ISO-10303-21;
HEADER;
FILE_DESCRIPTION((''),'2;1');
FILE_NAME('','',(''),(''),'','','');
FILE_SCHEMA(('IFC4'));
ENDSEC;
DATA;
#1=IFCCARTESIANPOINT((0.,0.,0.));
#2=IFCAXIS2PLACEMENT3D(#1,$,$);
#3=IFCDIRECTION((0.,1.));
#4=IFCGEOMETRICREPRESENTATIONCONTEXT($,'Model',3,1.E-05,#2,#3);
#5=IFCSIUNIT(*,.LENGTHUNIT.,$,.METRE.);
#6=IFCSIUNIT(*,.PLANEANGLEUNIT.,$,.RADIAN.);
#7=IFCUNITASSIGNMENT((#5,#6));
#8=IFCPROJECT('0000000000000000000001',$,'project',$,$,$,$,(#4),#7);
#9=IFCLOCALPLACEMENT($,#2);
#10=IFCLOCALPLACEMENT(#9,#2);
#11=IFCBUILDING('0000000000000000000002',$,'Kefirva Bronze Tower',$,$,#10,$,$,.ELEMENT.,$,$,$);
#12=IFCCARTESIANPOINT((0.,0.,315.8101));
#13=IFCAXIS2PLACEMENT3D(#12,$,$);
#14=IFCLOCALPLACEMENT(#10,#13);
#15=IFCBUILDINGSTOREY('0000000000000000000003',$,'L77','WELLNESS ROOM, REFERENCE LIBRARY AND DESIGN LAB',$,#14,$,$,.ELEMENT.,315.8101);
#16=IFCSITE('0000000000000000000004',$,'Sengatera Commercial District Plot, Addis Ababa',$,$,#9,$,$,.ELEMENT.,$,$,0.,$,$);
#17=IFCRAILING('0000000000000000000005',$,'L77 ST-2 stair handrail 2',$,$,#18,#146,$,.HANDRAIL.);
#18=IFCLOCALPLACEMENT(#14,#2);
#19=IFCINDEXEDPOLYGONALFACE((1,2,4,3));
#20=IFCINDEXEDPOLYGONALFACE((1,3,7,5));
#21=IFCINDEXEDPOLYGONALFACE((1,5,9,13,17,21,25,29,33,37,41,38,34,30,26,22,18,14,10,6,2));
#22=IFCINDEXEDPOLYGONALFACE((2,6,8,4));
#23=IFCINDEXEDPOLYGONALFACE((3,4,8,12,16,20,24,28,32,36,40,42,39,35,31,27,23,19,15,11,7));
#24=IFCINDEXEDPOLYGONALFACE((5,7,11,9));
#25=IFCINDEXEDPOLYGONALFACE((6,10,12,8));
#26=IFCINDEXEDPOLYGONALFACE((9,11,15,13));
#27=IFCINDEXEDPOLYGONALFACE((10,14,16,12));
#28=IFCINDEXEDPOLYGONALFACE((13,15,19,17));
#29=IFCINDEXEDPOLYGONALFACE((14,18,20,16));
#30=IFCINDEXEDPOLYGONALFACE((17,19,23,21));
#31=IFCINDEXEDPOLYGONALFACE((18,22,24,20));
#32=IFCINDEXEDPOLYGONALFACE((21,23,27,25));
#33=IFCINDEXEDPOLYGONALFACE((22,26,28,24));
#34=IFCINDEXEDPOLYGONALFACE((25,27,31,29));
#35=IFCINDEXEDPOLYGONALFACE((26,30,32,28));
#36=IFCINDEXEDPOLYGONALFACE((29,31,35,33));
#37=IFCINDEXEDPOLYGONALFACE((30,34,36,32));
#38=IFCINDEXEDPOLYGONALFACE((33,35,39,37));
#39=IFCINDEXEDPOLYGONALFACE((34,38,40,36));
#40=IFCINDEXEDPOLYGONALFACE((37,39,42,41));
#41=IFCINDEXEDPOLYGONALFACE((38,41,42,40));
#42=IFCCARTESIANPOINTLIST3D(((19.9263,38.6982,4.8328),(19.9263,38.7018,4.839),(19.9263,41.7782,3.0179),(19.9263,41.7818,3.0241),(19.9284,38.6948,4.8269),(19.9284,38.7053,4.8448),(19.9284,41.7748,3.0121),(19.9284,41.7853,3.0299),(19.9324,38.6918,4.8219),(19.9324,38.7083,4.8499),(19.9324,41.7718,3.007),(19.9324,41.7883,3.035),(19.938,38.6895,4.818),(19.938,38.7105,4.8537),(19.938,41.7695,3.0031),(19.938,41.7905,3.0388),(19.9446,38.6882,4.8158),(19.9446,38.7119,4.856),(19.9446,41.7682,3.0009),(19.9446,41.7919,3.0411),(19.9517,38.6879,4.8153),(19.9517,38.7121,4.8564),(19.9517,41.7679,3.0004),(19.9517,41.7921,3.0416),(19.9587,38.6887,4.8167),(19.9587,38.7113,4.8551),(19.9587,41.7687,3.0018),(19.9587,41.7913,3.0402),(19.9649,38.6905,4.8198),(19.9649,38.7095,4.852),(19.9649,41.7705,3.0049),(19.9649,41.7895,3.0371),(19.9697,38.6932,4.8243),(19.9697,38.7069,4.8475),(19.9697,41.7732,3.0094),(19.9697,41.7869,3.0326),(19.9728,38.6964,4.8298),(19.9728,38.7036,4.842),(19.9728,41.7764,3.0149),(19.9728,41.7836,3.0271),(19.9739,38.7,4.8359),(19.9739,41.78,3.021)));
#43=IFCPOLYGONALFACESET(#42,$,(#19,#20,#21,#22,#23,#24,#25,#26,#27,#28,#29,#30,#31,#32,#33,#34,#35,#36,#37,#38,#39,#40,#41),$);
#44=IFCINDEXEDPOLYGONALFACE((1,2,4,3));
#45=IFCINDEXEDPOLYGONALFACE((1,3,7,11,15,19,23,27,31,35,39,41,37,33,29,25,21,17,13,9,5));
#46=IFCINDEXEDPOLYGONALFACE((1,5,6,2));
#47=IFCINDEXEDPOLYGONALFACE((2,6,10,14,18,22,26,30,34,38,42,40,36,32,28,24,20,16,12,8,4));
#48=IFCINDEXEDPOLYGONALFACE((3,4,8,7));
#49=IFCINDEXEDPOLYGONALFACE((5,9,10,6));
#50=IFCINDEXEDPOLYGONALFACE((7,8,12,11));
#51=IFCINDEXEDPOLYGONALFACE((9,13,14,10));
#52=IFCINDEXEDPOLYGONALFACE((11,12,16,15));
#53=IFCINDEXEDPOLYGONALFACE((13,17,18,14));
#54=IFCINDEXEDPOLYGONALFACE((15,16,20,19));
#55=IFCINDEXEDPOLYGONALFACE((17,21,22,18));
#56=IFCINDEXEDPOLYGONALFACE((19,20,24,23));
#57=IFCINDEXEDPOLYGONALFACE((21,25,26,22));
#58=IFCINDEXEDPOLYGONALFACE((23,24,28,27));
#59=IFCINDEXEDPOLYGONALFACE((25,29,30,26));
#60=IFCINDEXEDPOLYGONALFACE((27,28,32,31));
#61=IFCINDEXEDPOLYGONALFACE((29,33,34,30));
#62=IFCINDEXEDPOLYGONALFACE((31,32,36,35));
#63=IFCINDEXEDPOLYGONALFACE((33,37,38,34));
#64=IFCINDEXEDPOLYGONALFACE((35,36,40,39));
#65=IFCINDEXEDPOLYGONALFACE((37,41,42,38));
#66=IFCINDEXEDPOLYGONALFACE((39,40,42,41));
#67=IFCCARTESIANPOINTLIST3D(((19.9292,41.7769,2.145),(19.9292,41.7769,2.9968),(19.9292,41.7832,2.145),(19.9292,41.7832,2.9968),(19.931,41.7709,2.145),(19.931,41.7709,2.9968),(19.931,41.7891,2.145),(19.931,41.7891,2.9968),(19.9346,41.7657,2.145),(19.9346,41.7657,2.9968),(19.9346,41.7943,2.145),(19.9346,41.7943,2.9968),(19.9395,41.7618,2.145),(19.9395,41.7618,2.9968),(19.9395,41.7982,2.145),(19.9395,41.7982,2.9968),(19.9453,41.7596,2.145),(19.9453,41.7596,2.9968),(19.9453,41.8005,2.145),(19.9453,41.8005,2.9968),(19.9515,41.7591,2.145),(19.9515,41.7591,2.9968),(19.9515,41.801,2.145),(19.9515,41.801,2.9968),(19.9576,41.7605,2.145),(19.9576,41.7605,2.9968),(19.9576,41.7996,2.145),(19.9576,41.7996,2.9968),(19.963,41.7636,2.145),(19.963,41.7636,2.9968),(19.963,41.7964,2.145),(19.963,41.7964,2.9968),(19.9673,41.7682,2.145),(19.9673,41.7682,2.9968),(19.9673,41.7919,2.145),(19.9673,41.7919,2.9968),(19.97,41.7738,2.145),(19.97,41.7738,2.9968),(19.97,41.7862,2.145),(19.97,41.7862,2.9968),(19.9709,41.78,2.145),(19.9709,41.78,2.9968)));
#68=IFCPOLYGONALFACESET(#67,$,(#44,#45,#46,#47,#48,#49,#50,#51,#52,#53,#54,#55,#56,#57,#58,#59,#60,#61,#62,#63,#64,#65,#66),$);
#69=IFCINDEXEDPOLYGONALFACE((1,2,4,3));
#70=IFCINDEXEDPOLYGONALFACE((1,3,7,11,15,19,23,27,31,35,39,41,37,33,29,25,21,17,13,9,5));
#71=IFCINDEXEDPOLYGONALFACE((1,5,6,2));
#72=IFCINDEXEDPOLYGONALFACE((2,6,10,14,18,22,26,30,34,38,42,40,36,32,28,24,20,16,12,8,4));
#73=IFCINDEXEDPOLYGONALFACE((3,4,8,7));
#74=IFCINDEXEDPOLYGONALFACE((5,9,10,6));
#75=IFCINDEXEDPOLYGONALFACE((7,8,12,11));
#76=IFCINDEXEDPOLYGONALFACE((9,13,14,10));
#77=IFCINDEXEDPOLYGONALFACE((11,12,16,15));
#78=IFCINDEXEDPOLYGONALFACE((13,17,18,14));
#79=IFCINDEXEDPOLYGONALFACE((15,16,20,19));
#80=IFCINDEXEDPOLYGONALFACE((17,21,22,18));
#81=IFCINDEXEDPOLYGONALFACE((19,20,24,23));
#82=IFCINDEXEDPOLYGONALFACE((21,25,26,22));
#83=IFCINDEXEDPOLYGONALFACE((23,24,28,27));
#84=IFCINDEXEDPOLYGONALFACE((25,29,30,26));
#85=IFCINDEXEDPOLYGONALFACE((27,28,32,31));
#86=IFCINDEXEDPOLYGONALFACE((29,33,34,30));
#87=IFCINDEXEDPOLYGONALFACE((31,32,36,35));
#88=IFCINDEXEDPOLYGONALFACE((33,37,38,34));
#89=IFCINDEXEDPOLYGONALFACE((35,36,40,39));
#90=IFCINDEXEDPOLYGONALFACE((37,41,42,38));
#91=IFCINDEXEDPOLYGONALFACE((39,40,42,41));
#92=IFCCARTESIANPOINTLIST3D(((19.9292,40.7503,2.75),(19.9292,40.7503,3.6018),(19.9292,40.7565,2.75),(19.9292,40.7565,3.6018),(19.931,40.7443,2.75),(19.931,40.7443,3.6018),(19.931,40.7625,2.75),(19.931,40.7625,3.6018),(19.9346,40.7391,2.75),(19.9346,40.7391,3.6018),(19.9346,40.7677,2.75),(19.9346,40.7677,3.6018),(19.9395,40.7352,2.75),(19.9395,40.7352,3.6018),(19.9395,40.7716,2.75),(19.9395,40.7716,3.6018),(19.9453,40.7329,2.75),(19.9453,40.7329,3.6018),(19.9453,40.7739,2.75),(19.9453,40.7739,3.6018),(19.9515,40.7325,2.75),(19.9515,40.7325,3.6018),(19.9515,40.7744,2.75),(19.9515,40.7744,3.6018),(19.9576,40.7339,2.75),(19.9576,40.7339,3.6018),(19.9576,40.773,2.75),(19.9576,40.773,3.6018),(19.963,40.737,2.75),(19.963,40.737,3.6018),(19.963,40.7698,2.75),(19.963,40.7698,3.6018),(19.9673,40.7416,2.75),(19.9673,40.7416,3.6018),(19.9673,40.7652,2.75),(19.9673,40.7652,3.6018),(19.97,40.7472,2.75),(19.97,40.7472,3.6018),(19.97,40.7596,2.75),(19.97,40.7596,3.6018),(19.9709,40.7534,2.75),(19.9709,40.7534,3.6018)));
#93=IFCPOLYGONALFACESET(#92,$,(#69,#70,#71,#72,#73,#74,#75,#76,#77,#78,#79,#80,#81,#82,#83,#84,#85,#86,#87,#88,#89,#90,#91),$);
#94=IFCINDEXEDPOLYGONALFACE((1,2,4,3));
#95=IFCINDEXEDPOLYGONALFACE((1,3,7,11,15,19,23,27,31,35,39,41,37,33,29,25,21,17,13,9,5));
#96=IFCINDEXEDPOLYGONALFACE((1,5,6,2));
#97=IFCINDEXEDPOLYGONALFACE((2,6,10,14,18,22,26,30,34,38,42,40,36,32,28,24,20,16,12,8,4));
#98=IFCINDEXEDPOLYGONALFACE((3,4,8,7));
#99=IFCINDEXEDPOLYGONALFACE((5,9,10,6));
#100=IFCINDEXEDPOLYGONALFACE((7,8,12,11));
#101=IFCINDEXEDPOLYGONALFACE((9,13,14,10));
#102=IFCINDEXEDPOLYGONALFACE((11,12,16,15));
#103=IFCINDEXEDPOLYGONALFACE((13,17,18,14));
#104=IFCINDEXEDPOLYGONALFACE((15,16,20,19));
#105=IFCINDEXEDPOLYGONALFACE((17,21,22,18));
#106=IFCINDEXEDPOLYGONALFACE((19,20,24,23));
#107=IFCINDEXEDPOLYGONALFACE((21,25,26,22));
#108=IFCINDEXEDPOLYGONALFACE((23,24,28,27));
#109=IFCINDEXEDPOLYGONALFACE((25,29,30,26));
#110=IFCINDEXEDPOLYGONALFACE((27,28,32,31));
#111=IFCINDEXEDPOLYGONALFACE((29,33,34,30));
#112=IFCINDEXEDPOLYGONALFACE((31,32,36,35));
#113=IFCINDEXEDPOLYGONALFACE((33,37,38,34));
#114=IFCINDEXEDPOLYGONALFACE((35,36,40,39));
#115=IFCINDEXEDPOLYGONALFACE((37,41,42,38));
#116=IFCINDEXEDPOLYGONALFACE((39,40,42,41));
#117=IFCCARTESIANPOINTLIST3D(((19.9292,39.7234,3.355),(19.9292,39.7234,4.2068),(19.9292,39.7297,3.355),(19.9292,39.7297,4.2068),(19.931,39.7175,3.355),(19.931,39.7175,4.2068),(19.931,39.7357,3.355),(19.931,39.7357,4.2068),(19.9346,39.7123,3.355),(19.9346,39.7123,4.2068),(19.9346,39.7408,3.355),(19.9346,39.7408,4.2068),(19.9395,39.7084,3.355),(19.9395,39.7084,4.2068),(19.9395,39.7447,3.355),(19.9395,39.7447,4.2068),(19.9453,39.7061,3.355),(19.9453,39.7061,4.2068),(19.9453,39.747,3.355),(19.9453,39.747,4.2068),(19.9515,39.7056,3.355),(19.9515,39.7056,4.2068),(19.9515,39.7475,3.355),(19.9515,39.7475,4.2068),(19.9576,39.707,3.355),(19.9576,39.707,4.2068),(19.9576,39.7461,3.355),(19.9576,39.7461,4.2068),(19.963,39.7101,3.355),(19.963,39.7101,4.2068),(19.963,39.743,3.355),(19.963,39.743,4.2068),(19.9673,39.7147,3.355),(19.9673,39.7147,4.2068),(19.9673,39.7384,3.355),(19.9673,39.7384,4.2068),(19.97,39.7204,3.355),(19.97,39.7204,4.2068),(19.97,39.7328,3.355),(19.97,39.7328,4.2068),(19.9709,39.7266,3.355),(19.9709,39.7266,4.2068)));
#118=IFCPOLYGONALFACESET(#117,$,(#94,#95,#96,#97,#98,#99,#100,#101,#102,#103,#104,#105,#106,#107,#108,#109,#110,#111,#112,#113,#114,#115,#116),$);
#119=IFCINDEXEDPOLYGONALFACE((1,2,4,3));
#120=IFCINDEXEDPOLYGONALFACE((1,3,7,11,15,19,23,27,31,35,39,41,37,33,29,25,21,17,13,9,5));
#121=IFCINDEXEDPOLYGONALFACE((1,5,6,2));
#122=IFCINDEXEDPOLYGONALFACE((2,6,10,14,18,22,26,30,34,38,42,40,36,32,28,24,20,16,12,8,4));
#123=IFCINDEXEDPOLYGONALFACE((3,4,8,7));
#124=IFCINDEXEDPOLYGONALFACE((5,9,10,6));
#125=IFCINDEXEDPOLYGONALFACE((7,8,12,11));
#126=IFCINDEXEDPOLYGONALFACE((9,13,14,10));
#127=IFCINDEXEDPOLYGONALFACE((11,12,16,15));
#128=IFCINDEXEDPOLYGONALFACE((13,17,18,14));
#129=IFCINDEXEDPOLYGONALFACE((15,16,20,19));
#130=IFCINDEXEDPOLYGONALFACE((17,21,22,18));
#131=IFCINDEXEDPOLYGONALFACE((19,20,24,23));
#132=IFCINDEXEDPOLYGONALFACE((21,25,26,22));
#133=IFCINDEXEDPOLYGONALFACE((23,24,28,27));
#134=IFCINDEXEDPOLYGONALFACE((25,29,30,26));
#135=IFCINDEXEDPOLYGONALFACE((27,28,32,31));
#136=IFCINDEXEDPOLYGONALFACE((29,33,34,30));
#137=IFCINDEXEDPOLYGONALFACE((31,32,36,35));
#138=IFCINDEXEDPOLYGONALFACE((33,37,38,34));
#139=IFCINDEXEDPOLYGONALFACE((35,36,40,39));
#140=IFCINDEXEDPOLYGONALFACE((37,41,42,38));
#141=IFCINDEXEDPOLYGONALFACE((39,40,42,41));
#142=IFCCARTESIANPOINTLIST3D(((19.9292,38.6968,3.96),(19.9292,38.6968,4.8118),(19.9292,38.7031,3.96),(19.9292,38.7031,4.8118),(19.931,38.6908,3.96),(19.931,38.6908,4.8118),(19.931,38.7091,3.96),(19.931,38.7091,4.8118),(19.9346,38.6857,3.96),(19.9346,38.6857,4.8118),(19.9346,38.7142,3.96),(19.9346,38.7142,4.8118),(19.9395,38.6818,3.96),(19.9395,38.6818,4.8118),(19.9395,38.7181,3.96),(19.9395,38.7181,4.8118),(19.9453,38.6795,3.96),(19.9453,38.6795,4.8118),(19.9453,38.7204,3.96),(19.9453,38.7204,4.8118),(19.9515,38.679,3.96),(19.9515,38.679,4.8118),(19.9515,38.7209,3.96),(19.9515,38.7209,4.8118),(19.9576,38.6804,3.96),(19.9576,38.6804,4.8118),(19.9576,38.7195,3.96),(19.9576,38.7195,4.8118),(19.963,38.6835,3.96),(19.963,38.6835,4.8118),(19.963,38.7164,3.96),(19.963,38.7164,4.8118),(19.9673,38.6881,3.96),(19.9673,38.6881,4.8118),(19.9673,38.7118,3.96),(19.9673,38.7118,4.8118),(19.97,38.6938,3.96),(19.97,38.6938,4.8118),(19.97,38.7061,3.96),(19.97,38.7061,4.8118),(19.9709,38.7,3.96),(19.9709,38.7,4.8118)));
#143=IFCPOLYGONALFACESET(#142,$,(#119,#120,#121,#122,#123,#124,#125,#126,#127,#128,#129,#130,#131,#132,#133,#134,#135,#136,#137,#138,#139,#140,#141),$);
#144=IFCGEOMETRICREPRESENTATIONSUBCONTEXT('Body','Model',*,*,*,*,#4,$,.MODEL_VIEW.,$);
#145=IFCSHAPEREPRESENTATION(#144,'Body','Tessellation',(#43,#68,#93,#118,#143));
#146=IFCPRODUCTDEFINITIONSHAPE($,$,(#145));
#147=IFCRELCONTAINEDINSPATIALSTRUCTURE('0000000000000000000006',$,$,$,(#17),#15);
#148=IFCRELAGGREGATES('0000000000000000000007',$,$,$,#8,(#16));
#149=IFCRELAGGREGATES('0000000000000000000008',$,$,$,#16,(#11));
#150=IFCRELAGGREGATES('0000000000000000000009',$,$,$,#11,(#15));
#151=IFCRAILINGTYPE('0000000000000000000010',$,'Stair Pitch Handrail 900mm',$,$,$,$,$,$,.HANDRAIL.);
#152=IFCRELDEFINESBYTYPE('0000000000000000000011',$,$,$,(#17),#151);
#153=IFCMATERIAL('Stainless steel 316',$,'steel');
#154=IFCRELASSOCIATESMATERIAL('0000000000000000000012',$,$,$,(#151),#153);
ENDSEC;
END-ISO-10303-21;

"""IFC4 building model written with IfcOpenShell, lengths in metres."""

from ifc_helpers import new_model, si_unit, direction, frame, origin, origin_2d, place, context, subcontext, project, spatial, circle, extrude, material, type_object, element, save


model = new_model("IFC4")

# Units and contexts
model_context = context("Model", 3, precision=1e-05, world=origin(), true_north=direction((0.0, 1.0)))
body_context = subcontext(model_context, "Body", "Model", "MODEL_VIEW")
ifc_project = project(units=[si_unit("LENGTHUNIT", "METRE"), si_unit("PLANEANGLEUNIT", "RADIAN")], contexts=[model_context])

# Site, building, storey
site_placement = place(None, origin())
site = spatial("IfcSite", under=ifc_project, at=site_placement, Name="Sengatera Commercial District Plot, Addis Ababa", CompositionType="ELEMENT", RefElevation=0.0)
building_placement = place(site_placement, origin())
building = spatial("IfcBuilding", under=site, at=building_placement, Name="Kefirva Bronze Tower", CompositionType="ELEMENT")
storey_placement = place(building_placement, frame((0.0, 0.0, 315.8101)))
storey = spatial("IfcBuildingStorey", under=building, at=storey_placement, Name="L77", Description="WELLNESS ROOM, REFERENCE LIBRARY AND DESIGN LAB", CompositionType="ELEMENT", Elevation=315.8101)

# Shared definitions
ifc_material_1 = material(Name="Stainless steel 316", Category="steel")

# Railing
railing_type_1 = type_object("IfcRailingType", Name="Stair Pitch Handrail 900mm", PredefinedType="HANDRAIL", material=ifc_material_1)
railing_1_placement = place(storey_placement, frame((19.95, 41.78, 2.145)))
element("IfcRailing", 1, at=railing_1_placement, inside=storey, type_object=railing_type_1, Name="L77 ST-2 stair handrail 2", PredefinedType="HANDRAIL", context=body_context, shape_type="SweptSolid", body=[
    extrude(circle(Radius=0.0239, at=origin_2d()), frame((0.0, 0.0, 0.876), z_axis=(0.0, -0.861551, 0.507671), x_axis=(1.0, 0.0, 0.0)), (0.0, 0.0, 1.0), 3.575),
    extrude(circle(Radius=0.021, at=origin_2d()), origin(), (0.0, 0.0, 1.0), 0.8518),
    extrude(circle(Radius=0.021, at=origin_2d()), frame((0.0, -1.0266, 0.605)), (0.0, 0.0, 1.0), 0.8518),
    extrude(circle(Radius=0.021, at=origin_2d()), frame((0.0, -2.0535, 1.21)), (0.0, 0.0, 1.0), 0.8518),
    extrude(circle(Radius=0.021, at=origin_2d()), frame((0.0, -3.0801, 1.8149)), (0.0, 0.0, 1.0), 0.8518),
])

save(model, "model.ifc")
